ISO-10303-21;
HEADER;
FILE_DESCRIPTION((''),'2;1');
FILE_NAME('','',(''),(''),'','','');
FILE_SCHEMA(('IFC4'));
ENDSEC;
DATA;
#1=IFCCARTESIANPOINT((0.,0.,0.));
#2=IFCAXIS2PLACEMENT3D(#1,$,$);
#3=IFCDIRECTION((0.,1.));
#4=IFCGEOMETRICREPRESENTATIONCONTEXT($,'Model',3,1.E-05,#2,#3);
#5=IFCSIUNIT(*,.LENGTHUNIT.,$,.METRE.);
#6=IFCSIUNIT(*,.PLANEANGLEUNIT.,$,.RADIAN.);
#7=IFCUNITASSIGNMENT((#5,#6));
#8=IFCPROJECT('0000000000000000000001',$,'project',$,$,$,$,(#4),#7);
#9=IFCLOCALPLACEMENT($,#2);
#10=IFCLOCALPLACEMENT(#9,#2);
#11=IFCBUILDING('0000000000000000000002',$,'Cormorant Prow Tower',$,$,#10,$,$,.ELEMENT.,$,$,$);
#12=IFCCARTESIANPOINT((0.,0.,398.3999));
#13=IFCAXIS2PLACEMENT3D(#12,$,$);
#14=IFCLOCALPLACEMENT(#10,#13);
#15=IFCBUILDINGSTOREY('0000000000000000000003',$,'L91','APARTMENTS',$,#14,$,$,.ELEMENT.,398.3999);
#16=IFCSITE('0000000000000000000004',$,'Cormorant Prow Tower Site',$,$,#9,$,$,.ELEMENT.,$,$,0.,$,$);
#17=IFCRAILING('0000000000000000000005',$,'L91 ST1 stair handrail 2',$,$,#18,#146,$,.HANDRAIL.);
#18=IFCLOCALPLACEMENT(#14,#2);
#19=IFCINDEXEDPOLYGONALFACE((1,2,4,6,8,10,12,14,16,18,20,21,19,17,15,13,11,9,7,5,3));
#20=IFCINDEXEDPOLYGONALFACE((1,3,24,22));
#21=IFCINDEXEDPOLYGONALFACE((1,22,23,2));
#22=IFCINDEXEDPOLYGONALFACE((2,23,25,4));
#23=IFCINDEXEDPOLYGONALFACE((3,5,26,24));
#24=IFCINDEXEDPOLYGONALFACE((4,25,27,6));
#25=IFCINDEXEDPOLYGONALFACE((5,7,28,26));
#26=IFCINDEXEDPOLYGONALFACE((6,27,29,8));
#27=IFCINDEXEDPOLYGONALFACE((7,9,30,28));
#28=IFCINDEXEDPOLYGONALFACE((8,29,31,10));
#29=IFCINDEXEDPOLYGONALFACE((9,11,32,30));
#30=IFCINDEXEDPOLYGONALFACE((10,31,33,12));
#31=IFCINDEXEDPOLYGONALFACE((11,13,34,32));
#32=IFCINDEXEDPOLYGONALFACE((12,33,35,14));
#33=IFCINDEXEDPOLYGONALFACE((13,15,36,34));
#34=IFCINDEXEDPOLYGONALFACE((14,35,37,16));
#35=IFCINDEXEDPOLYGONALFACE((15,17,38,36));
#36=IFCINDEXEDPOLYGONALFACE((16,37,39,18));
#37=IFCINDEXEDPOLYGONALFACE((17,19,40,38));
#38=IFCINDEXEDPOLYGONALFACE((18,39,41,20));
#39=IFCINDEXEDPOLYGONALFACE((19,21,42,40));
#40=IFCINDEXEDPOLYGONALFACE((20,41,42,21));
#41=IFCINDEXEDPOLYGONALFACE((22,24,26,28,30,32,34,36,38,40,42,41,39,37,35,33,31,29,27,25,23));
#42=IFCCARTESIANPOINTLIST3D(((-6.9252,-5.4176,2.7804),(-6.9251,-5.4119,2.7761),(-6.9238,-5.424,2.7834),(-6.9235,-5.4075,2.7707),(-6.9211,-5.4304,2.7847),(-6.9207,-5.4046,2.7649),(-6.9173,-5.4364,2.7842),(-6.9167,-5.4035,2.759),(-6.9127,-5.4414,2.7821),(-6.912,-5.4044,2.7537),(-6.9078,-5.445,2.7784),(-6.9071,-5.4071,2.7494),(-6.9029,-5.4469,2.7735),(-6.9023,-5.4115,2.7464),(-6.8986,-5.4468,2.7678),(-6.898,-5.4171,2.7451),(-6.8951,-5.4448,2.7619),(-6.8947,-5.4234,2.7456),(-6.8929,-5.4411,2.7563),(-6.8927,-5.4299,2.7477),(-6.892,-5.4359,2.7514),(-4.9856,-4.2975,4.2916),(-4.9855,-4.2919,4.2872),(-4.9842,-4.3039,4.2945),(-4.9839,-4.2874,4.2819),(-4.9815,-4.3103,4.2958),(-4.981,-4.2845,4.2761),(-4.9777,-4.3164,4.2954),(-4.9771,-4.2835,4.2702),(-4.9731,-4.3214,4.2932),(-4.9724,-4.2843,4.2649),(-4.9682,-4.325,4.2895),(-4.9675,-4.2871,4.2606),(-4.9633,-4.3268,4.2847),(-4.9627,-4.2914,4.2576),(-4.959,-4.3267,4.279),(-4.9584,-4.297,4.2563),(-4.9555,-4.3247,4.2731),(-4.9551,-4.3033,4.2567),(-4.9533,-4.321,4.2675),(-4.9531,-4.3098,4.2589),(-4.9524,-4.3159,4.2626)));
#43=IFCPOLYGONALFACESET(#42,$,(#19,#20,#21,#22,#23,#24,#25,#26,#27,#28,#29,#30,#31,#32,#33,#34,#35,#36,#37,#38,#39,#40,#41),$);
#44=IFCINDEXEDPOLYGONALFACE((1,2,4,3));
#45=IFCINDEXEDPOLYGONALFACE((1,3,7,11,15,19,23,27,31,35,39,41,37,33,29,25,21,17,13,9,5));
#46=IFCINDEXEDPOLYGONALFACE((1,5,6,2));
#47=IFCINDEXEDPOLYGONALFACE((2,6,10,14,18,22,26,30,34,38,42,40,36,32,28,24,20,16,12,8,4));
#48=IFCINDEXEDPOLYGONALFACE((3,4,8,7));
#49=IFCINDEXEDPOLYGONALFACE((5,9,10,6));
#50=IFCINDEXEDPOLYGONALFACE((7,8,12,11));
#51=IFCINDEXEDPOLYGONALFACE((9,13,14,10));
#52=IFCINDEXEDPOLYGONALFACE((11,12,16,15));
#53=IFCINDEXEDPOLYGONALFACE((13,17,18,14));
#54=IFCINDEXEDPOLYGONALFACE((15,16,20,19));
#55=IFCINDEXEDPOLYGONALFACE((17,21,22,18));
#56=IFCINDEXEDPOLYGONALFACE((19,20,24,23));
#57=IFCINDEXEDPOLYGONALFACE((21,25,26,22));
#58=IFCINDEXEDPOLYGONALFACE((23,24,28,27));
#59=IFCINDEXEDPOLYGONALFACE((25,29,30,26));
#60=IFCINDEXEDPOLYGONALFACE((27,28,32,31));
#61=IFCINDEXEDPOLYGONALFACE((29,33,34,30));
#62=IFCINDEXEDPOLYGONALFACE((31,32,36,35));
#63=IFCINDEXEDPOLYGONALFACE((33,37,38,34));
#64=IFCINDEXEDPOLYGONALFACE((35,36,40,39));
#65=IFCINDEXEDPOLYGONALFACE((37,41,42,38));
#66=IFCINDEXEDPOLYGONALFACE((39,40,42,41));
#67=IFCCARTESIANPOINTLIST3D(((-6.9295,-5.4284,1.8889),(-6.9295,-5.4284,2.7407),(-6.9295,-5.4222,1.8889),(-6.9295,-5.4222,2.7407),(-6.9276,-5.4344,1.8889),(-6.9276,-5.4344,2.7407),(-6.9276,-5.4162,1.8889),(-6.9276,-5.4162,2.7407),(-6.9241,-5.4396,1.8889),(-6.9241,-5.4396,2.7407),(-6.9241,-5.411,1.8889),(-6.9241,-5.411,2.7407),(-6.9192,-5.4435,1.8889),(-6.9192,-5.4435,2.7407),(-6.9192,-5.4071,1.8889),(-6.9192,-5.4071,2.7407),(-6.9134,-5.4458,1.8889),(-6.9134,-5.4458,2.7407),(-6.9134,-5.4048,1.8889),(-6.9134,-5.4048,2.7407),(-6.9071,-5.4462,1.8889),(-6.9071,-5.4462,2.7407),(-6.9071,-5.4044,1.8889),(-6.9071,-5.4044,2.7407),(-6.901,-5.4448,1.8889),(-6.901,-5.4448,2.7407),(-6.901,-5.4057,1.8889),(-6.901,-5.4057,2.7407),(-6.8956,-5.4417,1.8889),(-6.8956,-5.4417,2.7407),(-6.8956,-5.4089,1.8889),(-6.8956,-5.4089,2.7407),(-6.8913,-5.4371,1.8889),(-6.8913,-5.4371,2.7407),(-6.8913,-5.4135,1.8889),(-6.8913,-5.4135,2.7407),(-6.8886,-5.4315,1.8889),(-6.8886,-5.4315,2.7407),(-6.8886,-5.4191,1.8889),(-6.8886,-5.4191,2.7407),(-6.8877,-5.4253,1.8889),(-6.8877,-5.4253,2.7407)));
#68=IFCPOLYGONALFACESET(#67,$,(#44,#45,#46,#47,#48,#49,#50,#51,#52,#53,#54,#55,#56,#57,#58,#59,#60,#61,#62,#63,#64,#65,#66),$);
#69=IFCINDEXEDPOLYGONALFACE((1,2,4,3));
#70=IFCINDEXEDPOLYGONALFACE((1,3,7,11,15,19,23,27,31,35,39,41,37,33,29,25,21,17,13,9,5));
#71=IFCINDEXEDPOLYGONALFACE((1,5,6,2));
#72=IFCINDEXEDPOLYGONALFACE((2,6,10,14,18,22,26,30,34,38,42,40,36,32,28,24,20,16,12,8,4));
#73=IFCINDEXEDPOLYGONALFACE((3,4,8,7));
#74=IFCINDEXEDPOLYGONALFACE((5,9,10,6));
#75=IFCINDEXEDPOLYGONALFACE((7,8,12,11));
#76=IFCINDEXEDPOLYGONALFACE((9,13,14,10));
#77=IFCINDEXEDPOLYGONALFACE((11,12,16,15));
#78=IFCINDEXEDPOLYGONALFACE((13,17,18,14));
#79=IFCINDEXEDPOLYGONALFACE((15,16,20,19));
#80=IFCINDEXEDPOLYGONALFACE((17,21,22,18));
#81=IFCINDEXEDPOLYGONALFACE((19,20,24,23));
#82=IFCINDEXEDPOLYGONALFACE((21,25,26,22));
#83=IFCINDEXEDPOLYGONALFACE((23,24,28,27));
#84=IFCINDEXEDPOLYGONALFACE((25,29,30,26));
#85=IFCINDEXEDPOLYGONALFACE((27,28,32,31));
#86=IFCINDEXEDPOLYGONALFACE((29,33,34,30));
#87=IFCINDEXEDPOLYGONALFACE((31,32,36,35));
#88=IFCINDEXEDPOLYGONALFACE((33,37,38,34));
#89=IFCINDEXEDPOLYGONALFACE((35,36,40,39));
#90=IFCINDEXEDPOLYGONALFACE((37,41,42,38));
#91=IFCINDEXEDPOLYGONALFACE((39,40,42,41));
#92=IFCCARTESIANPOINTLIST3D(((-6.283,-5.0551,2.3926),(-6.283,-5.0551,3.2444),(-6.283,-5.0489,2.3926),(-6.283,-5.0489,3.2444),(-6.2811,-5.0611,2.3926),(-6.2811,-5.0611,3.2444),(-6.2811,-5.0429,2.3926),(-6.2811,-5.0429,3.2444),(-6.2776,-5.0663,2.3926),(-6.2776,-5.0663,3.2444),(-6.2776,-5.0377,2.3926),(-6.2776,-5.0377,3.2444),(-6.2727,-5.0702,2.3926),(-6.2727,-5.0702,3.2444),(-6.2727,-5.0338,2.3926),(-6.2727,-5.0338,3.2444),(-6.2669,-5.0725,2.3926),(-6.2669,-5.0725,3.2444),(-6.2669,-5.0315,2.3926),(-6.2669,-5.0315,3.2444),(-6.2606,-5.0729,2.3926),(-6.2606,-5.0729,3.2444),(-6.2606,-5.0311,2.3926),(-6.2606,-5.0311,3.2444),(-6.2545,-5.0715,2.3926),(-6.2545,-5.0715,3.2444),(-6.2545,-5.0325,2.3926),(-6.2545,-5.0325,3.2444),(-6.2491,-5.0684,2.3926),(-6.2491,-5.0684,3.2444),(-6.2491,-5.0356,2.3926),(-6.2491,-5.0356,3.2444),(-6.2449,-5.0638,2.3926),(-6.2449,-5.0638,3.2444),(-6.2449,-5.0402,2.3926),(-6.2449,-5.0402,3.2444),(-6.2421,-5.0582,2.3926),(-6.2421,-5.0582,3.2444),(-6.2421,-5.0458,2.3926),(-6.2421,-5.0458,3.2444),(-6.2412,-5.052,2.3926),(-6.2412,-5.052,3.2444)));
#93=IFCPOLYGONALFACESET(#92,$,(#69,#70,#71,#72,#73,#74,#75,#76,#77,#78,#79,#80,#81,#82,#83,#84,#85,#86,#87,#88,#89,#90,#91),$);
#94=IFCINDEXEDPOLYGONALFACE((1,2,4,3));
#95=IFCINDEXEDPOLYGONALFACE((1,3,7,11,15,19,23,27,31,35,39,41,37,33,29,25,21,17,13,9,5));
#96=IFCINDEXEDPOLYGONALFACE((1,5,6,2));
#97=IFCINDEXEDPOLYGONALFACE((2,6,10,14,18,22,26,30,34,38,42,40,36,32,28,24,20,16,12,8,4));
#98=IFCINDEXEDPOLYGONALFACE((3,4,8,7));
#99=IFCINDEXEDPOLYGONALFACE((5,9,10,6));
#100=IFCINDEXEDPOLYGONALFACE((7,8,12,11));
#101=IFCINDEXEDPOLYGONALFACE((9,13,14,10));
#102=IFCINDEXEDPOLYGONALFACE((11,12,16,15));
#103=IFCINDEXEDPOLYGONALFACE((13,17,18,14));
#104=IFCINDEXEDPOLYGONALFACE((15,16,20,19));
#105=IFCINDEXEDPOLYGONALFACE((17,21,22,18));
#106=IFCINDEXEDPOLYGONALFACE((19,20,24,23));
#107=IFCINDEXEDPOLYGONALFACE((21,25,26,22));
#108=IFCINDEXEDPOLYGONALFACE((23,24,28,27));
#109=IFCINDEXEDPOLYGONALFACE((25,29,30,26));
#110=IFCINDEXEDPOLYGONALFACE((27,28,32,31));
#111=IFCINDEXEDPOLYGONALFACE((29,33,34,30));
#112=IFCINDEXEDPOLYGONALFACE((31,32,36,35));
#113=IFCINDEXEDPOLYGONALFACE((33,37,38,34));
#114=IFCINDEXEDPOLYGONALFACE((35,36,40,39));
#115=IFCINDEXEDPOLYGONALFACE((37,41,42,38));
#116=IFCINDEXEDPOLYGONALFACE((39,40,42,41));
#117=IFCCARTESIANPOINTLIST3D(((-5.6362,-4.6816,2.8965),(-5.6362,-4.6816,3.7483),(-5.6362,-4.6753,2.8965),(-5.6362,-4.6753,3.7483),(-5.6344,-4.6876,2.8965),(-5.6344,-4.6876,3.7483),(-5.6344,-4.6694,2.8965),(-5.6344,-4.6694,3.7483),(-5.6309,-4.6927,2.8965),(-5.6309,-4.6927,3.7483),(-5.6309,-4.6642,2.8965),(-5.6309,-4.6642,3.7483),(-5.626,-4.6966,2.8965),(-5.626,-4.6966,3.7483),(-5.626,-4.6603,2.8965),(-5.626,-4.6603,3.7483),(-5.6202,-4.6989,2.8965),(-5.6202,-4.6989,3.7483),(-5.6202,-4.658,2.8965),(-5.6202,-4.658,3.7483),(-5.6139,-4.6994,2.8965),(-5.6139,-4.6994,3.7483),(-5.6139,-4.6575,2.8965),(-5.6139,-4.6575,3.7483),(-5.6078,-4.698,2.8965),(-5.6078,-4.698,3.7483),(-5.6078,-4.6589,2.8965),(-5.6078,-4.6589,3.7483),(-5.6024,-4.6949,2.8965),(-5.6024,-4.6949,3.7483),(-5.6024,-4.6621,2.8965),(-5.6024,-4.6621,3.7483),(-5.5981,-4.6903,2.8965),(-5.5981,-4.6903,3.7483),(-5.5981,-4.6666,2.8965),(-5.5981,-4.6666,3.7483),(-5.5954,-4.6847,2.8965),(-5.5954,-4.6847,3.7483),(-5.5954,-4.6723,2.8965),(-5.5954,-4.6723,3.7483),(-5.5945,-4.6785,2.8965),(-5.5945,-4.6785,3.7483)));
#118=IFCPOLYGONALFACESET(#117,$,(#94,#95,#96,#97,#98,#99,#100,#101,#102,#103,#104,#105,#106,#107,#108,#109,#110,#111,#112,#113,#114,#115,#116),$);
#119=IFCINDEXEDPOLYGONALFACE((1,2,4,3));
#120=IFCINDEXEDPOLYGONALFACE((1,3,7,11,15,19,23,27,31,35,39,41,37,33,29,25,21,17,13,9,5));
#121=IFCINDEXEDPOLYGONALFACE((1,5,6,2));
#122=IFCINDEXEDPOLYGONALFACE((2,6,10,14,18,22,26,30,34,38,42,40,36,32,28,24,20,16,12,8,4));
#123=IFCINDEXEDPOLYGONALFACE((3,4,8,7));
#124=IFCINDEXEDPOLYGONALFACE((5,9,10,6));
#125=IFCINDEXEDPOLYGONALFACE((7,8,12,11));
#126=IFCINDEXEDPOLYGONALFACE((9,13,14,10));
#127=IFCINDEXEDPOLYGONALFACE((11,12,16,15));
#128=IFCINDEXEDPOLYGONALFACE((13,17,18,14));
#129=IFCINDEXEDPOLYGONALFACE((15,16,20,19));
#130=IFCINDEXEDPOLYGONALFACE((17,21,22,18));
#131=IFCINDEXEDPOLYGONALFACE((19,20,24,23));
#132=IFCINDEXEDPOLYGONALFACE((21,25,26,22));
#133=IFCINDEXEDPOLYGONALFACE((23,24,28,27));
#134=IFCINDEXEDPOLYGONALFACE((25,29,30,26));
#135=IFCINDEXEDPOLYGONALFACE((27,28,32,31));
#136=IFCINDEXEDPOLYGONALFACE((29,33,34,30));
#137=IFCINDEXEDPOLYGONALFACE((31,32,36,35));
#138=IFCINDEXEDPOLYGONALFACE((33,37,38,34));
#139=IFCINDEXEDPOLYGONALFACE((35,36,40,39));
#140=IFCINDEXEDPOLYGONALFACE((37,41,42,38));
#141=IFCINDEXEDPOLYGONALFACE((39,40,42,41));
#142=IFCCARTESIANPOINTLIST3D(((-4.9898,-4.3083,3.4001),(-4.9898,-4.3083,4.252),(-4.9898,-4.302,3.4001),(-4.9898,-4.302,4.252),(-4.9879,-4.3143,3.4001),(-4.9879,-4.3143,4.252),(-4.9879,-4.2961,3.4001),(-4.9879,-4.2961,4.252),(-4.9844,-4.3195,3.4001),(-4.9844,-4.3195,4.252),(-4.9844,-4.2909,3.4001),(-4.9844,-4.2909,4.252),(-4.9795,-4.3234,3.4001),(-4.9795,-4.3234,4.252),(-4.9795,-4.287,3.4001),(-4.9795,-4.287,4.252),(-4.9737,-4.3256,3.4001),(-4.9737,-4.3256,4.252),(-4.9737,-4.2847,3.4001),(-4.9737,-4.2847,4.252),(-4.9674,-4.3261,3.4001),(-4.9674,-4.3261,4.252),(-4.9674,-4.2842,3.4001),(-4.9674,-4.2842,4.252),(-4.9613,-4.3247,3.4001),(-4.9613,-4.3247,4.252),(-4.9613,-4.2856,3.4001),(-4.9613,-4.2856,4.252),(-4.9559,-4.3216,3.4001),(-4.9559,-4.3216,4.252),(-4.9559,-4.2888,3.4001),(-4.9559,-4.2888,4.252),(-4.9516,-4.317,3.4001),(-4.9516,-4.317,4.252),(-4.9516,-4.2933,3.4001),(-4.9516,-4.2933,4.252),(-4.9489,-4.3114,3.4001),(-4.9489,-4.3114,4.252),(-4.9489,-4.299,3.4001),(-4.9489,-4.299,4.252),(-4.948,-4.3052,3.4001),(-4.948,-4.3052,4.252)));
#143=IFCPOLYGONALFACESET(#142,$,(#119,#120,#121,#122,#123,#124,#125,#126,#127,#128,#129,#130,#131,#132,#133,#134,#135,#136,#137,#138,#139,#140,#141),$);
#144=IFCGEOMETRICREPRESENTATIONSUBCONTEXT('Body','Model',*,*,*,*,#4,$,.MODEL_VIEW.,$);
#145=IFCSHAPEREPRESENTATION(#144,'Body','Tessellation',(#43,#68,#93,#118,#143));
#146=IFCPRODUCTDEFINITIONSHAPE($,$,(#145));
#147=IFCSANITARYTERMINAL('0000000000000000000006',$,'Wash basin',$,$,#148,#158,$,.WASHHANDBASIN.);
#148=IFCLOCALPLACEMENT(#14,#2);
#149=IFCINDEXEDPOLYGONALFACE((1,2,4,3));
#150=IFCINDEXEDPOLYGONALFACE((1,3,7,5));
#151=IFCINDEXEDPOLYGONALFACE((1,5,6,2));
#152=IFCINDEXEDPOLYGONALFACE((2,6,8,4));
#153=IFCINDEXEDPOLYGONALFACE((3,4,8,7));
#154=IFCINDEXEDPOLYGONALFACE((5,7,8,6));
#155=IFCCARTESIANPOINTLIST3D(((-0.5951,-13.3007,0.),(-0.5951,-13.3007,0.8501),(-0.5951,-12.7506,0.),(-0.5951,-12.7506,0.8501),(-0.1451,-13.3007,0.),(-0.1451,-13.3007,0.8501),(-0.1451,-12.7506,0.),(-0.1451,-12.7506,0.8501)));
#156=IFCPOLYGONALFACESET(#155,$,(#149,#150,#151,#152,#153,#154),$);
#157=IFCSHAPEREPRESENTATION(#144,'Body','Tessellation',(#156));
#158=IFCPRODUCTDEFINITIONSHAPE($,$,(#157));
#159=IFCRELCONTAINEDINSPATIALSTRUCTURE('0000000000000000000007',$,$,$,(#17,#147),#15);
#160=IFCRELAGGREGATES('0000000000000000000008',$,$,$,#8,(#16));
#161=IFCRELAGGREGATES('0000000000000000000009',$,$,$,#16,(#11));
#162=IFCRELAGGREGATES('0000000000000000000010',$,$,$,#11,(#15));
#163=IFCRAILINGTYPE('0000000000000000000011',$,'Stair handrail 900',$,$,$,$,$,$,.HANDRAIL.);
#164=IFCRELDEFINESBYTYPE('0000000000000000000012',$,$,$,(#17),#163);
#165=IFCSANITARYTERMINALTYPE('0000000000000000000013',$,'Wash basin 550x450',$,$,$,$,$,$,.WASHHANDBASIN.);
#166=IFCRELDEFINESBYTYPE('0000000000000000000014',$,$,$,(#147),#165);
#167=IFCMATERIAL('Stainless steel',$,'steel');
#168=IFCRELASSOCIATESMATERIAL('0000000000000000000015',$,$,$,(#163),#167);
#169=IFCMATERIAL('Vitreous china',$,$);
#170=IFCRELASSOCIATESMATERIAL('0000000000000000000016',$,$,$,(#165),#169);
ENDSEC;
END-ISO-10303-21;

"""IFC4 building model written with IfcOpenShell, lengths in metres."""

from ifc_helpers import new_model, si_unit, direction, frame, origin, origin_2d, place, context, subcontext, project, spatial, rectangle, circle, extrude, material, type_object, element, save


model = new_model("IFC4")

# Units and contexts
model_context = context("Model", 3, precision=1e-05, world=origin(), true_north=direction((0.0, 1.0)))
body_context = subcontext(model_context, "Body", "Model", "MODEL_VIEW")
ifc_project = project(units=[si_unit("LENGTHUNIT", "METRE"), si_unit("PLANEANGLEUNIT", "RADIAN")], contexts=[model_context])

# Site, building, storey
site_placement = place(None, origin())
site = spatial("IfcSite", under=ifc_project, at=site_placement, Name="Cormorant Prow Tower Site", CompositionType="ELEMENT", RefElevation=0.0)
building_placement = place(site_placement, origin())
building = spatial("IfcBuilding", under=site, at=building_placement, Name="Cormorant Prow Tower", CompositionType="ELEMENT")
storey_placement = place(building_placement, frame((0.0, 0.0, 398.3999)))
storey = spatial("IfcBuildingStorey", under=building, at=storey_placement, Name="L91", Description="APARTMENTS", CompositionType="ELEMENT", Elevation=398.3999)

# Railing
ifc_material_1 = material(Name="Stainless steel", Category="steel")
railing_type_1 = type_object("IfcRailingType", Name="Stair handrail 900", PredefinedType="HANDRAIL", material=ifc_material_1)
railing_1_placement = place(storey_placement, frame((-6.9087, -5.4253, 1.8889)))
element("IfcRailing", 1, at=railing_1_placement, inside=storey, type_object=railing_type_1, Name="L91 ST1 stair handrail 2", PredefinedType="HANDRAIL", context=body_context, shape_type="SweptSolid", body=[
    extrude(circle(Radius=0.0239, at=origin_2d()), frame((0.0, 0.0, 0.876), z_axis=(0.71787, 0.414548, 0.559297), x_axis=(-0.500078, 0.86598, 0.0)), (0.0, 0.0, 1.0), 2.7019),
    extrude(circle(Radius=0.021, at=origin_2d()), origin(), (0.0, 0.0, 1.0), 0.8518),
    extrude(circle(Radius=0.021, at=origin_2d()), frame((0.6465, 0.3733, 0.5037)), (0.0, 0.0, 1.0), 0.8518),
    extrude(circle(Radius=0.021, at=origin_2d()), frame((1.2932, 0.7468, 1.0076)), (0.0, 0.0, 1.0), 0.8518),
    extrude(circle(Radius=0.021, at=origin_2d()), frame((1.9397, 1.1201, 1.5112)), (0.0, 0.0, 1.0), 0.8518),
])

# Sanitary terminal
ifc_material_2 = material(Name="Vitreous china")
sanitary_terminal_type = type_object("IfcSanitaryTerminalType", Name="Wash basin 550x450", PredefinedType="WASHHANDBASIN", material=ifc_material_2)
sanitary_terminal_placement = place(storey_placement, frame((-0.3701, -13.0256, 0.0), z_axis=(0.0, 0.0, 1.0), x_axis=(0.0, -1.0, 0.0)))
element("IfcSanitaryTerminal", 2, at=sanitary_terminal_placement, inside=storey, type_object=sanitary_terminal_type, Name="Wash basin", PredefinedType="WASHHANDBASIN", context=body_context, shape_type="SweptSolid", body=[
    extrude(rectangle(XDim=0.55, YDim=0.45, at=origin_2d()), origin(), (0.0, 0.0, 1.0), 0.8501),
])

save(model, "model.ifc")
